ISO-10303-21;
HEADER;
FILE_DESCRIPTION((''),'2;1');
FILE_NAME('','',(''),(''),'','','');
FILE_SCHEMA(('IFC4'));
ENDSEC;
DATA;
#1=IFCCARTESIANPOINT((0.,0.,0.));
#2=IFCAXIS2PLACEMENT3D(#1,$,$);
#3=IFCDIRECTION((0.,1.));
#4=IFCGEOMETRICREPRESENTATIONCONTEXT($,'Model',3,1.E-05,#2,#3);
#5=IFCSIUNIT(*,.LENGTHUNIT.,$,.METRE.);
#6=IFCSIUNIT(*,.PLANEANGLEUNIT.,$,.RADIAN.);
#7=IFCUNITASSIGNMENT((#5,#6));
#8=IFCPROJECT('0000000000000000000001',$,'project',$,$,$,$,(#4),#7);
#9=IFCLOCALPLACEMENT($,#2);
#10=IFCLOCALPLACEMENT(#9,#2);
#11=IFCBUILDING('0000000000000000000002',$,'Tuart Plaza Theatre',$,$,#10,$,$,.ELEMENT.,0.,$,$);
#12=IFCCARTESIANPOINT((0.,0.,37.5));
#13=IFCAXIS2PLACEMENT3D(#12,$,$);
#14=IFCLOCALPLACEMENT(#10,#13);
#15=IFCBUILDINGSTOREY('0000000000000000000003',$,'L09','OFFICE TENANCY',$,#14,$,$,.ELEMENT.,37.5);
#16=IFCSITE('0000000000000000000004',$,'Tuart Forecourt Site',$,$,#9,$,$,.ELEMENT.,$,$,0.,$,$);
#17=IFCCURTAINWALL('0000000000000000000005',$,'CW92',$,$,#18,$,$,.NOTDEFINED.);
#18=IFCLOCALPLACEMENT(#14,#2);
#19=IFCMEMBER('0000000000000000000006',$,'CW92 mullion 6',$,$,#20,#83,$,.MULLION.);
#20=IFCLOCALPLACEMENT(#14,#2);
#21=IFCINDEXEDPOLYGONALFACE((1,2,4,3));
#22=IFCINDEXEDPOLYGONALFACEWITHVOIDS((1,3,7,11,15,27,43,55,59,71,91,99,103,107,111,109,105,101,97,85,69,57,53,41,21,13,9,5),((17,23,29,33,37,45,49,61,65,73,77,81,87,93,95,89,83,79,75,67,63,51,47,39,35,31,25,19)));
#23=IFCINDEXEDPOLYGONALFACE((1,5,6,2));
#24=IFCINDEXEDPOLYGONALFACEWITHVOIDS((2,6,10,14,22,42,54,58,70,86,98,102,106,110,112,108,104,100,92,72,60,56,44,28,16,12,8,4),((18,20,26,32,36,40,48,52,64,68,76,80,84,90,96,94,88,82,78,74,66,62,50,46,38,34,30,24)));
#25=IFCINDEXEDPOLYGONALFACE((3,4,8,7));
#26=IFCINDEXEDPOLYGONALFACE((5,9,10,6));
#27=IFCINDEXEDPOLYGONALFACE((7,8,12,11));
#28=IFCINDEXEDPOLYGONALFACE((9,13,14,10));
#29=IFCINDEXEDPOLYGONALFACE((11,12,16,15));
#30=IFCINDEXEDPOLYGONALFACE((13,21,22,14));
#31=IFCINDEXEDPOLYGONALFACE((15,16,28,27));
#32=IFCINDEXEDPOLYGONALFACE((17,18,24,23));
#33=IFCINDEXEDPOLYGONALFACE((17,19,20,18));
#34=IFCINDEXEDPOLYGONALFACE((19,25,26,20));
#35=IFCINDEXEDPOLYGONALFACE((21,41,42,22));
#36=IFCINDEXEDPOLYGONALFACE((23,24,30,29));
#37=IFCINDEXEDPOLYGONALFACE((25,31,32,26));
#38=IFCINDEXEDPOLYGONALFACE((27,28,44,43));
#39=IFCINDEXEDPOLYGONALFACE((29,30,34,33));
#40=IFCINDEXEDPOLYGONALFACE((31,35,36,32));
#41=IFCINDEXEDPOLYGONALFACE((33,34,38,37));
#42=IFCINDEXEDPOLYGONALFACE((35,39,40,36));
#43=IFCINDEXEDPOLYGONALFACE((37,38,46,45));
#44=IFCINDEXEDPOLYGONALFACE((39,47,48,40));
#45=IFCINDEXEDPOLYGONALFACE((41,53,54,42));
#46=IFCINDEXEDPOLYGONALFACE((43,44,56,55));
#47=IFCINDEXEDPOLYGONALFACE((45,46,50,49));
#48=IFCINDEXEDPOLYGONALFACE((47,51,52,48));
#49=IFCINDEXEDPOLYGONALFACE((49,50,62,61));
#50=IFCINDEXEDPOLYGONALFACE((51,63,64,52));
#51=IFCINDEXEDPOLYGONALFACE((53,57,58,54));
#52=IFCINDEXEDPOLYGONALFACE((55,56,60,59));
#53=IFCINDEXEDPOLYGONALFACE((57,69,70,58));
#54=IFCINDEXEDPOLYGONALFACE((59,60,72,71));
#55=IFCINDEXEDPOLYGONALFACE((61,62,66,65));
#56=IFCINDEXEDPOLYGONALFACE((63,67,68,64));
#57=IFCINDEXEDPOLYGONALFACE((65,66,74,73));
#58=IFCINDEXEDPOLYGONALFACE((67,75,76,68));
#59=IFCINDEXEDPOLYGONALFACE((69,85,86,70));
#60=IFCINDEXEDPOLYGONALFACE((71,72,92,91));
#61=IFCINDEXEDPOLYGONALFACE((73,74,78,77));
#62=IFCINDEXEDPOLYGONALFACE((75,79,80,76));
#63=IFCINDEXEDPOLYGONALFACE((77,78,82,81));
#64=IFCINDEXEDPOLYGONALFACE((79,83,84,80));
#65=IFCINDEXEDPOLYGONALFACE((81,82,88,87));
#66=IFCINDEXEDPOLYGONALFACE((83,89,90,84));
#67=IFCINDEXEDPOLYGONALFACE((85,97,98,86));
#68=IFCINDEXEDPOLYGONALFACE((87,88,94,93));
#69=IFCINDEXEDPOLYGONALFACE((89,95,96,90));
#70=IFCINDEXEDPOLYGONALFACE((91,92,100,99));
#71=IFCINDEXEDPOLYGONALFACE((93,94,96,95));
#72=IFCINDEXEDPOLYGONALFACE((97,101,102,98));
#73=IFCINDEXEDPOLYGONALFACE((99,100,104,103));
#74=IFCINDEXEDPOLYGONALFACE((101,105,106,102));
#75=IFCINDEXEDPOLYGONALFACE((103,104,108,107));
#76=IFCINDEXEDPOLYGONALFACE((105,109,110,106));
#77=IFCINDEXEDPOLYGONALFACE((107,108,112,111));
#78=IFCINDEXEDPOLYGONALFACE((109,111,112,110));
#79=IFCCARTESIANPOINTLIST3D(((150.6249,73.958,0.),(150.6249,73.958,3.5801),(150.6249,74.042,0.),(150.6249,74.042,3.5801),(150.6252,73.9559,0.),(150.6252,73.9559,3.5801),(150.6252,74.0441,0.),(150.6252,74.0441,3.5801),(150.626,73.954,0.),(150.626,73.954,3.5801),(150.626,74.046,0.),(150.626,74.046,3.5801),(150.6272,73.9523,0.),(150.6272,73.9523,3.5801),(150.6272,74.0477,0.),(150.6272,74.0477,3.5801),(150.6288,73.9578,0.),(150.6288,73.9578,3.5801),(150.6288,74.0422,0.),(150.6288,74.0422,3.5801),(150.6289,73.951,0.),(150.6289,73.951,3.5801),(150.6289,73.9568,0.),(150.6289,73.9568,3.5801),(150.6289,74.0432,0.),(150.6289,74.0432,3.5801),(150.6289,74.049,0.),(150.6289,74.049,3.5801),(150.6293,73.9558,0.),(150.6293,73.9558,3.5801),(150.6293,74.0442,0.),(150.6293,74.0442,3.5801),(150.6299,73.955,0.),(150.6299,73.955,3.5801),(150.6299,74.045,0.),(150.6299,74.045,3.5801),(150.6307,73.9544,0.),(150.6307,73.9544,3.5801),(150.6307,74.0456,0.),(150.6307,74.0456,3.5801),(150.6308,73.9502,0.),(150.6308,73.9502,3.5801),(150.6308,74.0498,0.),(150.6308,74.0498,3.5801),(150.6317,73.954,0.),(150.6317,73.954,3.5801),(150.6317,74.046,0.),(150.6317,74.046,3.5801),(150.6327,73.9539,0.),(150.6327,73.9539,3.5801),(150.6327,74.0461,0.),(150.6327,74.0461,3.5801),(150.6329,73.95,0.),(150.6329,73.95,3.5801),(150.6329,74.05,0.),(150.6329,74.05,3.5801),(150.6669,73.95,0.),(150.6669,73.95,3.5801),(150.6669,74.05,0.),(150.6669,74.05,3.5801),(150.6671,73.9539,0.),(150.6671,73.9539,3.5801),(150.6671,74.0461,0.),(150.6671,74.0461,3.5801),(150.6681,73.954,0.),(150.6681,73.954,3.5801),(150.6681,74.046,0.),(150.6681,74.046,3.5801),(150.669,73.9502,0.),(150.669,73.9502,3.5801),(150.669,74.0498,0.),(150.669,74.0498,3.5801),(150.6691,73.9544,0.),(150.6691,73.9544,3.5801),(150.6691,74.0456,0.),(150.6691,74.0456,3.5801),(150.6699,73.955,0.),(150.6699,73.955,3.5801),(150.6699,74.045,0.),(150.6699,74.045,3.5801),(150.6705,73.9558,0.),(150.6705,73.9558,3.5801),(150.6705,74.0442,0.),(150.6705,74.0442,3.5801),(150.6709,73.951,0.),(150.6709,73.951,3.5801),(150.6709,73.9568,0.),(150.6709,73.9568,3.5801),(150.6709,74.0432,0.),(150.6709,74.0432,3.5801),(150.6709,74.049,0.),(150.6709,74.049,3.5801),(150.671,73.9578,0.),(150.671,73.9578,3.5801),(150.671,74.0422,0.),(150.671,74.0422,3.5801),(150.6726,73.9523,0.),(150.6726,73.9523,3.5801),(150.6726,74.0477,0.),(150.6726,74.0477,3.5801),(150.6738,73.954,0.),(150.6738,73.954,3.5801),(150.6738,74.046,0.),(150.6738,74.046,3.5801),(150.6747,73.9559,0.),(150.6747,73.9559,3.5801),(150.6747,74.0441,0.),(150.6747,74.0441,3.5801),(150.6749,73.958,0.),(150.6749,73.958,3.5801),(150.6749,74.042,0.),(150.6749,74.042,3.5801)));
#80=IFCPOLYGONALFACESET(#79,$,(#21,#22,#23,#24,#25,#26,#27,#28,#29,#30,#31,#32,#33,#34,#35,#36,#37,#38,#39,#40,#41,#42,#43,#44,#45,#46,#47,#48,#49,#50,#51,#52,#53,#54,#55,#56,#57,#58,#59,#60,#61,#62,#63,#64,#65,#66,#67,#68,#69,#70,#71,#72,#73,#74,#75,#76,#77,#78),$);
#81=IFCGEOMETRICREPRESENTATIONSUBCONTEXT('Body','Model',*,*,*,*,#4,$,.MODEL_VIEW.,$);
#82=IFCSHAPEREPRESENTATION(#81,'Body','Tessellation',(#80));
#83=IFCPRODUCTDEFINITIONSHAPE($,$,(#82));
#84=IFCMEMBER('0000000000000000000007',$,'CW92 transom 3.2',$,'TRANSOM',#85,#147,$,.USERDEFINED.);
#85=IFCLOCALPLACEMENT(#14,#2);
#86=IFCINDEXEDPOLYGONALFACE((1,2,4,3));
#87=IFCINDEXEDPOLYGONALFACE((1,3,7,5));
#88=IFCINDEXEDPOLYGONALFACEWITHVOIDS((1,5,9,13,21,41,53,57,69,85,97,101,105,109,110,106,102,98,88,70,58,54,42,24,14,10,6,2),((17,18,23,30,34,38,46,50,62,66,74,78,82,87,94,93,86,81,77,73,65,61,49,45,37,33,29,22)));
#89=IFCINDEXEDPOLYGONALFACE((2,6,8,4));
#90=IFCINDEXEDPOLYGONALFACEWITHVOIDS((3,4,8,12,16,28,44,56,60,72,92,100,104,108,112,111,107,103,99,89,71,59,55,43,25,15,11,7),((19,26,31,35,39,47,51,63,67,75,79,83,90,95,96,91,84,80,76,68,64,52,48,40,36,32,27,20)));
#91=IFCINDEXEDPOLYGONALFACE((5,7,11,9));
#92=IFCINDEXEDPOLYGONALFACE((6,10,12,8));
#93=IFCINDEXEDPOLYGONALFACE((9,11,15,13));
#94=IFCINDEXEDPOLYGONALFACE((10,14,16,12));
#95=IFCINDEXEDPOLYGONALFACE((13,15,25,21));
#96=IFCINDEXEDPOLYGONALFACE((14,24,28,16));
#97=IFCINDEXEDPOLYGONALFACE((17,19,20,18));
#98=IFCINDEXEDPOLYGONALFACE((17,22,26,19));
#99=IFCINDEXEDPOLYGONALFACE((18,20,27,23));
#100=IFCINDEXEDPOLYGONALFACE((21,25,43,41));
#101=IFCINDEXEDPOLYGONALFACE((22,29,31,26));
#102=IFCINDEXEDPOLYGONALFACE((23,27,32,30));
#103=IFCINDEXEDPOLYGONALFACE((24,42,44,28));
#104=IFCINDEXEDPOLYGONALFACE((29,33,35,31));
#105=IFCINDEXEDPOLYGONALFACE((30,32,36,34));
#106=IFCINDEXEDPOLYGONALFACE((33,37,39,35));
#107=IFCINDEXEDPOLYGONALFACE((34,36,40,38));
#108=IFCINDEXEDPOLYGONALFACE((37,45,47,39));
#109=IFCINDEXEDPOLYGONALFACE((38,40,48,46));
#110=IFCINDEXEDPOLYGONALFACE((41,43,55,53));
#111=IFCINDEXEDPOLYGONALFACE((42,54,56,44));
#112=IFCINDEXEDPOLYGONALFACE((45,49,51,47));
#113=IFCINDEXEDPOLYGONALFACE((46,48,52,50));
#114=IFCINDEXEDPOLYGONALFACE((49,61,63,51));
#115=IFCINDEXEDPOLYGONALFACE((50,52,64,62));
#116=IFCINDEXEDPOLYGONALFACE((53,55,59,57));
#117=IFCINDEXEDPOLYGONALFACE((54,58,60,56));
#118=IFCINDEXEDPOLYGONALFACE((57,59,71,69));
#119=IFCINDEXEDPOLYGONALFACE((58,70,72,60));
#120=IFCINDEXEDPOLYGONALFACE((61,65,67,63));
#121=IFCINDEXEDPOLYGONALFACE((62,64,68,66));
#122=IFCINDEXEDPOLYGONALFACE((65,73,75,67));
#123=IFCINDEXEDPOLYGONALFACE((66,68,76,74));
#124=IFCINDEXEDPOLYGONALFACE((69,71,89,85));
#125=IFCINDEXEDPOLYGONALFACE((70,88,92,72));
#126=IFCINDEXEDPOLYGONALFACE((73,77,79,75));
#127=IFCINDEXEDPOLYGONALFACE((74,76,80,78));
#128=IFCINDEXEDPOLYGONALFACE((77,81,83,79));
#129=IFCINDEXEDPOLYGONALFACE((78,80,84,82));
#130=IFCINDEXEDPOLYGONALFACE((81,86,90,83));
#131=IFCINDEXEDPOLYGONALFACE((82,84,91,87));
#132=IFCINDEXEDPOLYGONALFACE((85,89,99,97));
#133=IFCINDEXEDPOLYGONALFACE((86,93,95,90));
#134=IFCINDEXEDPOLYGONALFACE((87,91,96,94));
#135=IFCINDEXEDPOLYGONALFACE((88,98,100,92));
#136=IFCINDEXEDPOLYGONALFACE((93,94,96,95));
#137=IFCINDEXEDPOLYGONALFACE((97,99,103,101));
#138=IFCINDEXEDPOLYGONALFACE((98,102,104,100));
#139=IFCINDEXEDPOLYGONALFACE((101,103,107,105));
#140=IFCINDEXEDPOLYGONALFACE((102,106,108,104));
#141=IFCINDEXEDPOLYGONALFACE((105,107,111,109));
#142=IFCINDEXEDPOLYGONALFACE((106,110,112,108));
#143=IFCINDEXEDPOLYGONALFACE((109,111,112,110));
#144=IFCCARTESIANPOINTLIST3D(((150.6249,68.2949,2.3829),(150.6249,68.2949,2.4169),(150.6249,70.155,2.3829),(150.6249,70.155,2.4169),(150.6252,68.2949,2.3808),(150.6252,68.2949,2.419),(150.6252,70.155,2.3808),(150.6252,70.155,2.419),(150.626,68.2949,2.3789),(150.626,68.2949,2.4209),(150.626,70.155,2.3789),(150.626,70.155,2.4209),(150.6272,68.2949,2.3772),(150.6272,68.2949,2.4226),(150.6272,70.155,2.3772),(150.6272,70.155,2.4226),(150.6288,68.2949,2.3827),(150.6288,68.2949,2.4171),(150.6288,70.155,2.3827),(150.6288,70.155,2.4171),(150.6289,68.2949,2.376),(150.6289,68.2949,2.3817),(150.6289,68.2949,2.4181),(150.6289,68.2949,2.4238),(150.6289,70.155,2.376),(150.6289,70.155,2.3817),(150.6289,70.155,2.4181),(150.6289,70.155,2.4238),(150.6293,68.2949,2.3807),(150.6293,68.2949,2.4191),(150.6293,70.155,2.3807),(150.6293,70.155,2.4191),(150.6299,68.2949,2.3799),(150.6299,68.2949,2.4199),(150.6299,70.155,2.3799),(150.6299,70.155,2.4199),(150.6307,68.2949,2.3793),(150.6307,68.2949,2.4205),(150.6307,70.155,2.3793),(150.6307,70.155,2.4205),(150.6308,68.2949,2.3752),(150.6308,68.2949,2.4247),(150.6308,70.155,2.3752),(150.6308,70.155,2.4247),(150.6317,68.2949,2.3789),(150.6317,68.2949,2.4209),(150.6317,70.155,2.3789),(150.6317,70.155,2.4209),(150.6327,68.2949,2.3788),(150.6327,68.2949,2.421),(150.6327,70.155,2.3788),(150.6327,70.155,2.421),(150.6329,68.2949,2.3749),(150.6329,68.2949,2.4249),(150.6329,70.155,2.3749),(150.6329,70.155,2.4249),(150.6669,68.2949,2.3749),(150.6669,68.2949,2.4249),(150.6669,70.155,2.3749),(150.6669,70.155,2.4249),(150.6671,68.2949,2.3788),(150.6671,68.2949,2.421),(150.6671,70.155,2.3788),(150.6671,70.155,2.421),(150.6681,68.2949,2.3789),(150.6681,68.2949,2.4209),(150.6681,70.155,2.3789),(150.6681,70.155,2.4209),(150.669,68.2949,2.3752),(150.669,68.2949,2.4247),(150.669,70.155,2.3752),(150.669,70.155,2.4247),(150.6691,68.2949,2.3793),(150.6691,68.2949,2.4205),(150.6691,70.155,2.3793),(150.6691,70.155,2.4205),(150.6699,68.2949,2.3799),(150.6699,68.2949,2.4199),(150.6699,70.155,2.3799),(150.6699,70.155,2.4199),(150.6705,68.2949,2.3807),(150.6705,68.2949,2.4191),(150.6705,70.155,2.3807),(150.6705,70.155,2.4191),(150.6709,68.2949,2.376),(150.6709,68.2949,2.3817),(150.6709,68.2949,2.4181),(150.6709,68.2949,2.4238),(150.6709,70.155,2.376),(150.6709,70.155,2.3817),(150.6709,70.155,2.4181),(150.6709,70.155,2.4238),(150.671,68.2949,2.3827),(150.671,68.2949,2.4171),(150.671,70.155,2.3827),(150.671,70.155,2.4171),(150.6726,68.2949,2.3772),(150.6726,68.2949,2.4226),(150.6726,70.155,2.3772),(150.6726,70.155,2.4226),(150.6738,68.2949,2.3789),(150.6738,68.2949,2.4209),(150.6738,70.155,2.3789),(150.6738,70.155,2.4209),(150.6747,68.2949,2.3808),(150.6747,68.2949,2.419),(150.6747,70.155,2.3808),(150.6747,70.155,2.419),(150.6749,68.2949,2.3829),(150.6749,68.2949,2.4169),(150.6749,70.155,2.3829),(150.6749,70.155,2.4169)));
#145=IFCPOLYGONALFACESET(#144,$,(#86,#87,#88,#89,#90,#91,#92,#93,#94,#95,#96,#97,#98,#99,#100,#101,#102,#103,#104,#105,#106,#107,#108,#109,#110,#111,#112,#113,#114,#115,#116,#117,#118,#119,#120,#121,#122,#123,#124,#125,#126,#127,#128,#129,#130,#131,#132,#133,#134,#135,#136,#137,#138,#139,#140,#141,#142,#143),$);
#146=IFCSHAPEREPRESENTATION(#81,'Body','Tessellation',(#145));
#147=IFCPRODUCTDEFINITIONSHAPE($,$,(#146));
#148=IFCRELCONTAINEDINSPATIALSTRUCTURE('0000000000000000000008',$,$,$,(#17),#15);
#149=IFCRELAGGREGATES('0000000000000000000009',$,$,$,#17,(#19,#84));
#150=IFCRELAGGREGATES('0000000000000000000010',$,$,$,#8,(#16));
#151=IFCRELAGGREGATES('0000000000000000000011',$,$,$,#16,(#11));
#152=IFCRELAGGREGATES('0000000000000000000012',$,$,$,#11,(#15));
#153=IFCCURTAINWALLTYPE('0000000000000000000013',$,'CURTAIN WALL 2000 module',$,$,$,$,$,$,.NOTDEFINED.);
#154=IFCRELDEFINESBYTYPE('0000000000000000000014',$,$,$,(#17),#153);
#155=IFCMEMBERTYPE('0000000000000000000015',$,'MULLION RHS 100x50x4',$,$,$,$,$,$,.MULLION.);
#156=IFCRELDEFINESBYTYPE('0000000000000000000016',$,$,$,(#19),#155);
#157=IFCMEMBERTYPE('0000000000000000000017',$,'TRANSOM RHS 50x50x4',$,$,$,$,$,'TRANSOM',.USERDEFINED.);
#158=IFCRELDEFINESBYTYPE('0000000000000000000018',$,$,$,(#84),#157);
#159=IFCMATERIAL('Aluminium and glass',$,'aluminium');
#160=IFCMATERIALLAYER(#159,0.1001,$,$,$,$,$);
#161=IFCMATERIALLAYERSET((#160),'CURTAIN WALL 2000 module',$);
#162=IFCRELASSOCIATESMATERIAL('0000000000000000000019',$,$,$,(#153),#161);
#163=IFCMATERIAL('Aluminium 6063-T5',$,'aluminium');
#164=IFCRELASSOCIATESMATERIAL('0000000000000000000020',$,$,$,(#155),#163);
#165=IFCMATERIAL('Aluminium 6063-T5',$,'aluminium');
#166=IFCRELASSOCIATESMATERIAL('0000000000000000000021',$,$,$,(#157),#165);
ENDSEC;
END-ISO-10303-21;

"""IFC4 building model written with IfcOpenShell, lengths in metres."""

from ifc_helpers import new_model, si_unit, direction, frame, origin, origin_2d, place, context, subcontext, project, spatial, hollow_rectangle, extrude, material, layer, layer_set, material_profile, profile_set, type_object, element, aggregate, save


model = new_model("IFC4")

# Units and contexts
model_context = context("Model", 3, precision=1e-05, world=origin(), true_north=direction((0.0, 1.0)))
body_context = subcontext(model_context, "Body", "Model", "MODEL_VIEW")
ifc_project = project(units=[si_unit("LENGTHUNIT", "METRE"), si_unit("PLANEANGLEUNIT", "RADIAN")], contexts=[model_context])

# Site, building, storey
site_placement = place(None, origin())
site = spatial("IfcSite", under=ifc_project, at=site_placement, Name="Tuart Forecourt Site", CompositionType="ELEMENT", RefElevation=0.0)
building_placement = place(site_placement, origin())
building = spatial("IfcBuilding", under=site, at=building_placement, Name="Tuart Plaza Theatre", CompositionType="ELEMENT", ElevationOfRefHeight=0.0)
storey_placement = place(building_placement, frame((0.0, 0.0, 37.5)))
storey = spatial("IfcBuildingStorey", under=building, at=storey_placement, Name="L09", Description="OFFICE TENANCY", CompositionType="ELEMENT", Elevation=37.5)

# Curtain wall, members
ifc_material_1 = material(Name="Aluminium and glass", Category="aluminium")
ifc_layer_1 = layer(ifc_material_1, 0.1001)
ifc_layer_set_1 = layer_set([ifc_layer_1], Name="CURTAIN WALL 2000 module")
curtain_wall_type = type_object("IfcCurtainWallType", Name="CURTAIN WALL 2000 module", PredefinedType="NOTDEFINED", material=ifc_layer_set_1)
curtain_wall_placement = place(storey_placement, origin())
curtain_wall = element("IfcCurtainWall", 1, at=curtain_wall_placement, inside=storey, type_object=curtain_wall_type, Name="CW92", PredefinedType="NOTDEFINED")
ifc_material_2 = material(Name="Aluminium 6063-T5", Category="aluminium")
ifc_material_profile_1 = material_profile(ifc_material_2, hollow_rectangle(XDim=0.05, YDim=0.1001, WallThickness=0.0039, InnerFilletRadius=0.0039, OuterFilletRadius=0.0081, at=origin_2d()), Name="RHS 100x50x4")
ifc_profile_set_1 = profile_set([ifc_material_profile_1], Name="Aluminium 6063-T5")
member_type_1 = type_object("IfcMemberType", Name="MULLION RHS 100x50x4", PredefinedType="MULLION", material=ifc_profile_set_1)
member_1_placement = place(storey_placement, frame((150.6499, 74.0, 0.0), z_axis=(0.0, 0.0, 1.0), x_axis=(-1.0, 0.0, 0.0)))
member_1 = element("IfcMember", 2, at=member_1_placement, type_object=member_type_1, Name="CW92 mullion 6", PredefinedType="MULLION", context=body_context, shape_type="SweptSolid", body=[
    extrude(hollow_rectangle(XDim=0.05, YDim=0.1001, WallThickness=0.0039, InnerFilletRadius=0.0039, OuterFilletRadius=0.0081, at=origin_2d()), origin(), (0.0, 0.0, 1.0), 3.5801),
])
ifc_material_3 = material(Name="Aluminium 6063-T5", Category="aluminium")
ifc_material_profile_2 = material_profile(ifc_material_3, hollow_rectangle(XDim=0.05, YDim=0.05, WallThickness=0.0039, InnerFilletRadius=0.0039, OuterFilletRadius=0.0081, at=origin_2d()), Name="RHS 50x50x4")
ifc_profile_set_2 = profile_set([ifc_material_profile_2], Name="Aluminium 6063-T5")
member_type_2 = type_object("IfcMemberType", Name="TRANSOM RHS 50x50x4", ElementType="TRANSOM", PredefinedType="USERDEFINED", material=ifc_profile_set_2)
member_2_placement = place(storey_placement, frame((150.6499, 68.2949, 2.3999), z_axis=(0.0, 1.0, 0.0), x_axis=(-1.0, 0.0, 0.0)))
member_2 = element("IfcMember", 3, at=member_2_placement, type_object=member_type_2, Name="CW92 transom 3.2", ObjectType="TRANSOM", PredefinedType="USERDEFINED", context=body_context, shape_type="SweptSolid", body=[
    extrude(hollow_rectangle(XDim=0.05, YDim=0.05, WallThickness=0.0039, InnerFilletRadius=0.0039, OuterFilletRadius=0.0081, at=origin_2d()), origin(), (0.0, 0.0, 1.0), 1.8601),
])
aggregate(curtain_wall, [member_1, member_2])

save(model, "model.ifc")
